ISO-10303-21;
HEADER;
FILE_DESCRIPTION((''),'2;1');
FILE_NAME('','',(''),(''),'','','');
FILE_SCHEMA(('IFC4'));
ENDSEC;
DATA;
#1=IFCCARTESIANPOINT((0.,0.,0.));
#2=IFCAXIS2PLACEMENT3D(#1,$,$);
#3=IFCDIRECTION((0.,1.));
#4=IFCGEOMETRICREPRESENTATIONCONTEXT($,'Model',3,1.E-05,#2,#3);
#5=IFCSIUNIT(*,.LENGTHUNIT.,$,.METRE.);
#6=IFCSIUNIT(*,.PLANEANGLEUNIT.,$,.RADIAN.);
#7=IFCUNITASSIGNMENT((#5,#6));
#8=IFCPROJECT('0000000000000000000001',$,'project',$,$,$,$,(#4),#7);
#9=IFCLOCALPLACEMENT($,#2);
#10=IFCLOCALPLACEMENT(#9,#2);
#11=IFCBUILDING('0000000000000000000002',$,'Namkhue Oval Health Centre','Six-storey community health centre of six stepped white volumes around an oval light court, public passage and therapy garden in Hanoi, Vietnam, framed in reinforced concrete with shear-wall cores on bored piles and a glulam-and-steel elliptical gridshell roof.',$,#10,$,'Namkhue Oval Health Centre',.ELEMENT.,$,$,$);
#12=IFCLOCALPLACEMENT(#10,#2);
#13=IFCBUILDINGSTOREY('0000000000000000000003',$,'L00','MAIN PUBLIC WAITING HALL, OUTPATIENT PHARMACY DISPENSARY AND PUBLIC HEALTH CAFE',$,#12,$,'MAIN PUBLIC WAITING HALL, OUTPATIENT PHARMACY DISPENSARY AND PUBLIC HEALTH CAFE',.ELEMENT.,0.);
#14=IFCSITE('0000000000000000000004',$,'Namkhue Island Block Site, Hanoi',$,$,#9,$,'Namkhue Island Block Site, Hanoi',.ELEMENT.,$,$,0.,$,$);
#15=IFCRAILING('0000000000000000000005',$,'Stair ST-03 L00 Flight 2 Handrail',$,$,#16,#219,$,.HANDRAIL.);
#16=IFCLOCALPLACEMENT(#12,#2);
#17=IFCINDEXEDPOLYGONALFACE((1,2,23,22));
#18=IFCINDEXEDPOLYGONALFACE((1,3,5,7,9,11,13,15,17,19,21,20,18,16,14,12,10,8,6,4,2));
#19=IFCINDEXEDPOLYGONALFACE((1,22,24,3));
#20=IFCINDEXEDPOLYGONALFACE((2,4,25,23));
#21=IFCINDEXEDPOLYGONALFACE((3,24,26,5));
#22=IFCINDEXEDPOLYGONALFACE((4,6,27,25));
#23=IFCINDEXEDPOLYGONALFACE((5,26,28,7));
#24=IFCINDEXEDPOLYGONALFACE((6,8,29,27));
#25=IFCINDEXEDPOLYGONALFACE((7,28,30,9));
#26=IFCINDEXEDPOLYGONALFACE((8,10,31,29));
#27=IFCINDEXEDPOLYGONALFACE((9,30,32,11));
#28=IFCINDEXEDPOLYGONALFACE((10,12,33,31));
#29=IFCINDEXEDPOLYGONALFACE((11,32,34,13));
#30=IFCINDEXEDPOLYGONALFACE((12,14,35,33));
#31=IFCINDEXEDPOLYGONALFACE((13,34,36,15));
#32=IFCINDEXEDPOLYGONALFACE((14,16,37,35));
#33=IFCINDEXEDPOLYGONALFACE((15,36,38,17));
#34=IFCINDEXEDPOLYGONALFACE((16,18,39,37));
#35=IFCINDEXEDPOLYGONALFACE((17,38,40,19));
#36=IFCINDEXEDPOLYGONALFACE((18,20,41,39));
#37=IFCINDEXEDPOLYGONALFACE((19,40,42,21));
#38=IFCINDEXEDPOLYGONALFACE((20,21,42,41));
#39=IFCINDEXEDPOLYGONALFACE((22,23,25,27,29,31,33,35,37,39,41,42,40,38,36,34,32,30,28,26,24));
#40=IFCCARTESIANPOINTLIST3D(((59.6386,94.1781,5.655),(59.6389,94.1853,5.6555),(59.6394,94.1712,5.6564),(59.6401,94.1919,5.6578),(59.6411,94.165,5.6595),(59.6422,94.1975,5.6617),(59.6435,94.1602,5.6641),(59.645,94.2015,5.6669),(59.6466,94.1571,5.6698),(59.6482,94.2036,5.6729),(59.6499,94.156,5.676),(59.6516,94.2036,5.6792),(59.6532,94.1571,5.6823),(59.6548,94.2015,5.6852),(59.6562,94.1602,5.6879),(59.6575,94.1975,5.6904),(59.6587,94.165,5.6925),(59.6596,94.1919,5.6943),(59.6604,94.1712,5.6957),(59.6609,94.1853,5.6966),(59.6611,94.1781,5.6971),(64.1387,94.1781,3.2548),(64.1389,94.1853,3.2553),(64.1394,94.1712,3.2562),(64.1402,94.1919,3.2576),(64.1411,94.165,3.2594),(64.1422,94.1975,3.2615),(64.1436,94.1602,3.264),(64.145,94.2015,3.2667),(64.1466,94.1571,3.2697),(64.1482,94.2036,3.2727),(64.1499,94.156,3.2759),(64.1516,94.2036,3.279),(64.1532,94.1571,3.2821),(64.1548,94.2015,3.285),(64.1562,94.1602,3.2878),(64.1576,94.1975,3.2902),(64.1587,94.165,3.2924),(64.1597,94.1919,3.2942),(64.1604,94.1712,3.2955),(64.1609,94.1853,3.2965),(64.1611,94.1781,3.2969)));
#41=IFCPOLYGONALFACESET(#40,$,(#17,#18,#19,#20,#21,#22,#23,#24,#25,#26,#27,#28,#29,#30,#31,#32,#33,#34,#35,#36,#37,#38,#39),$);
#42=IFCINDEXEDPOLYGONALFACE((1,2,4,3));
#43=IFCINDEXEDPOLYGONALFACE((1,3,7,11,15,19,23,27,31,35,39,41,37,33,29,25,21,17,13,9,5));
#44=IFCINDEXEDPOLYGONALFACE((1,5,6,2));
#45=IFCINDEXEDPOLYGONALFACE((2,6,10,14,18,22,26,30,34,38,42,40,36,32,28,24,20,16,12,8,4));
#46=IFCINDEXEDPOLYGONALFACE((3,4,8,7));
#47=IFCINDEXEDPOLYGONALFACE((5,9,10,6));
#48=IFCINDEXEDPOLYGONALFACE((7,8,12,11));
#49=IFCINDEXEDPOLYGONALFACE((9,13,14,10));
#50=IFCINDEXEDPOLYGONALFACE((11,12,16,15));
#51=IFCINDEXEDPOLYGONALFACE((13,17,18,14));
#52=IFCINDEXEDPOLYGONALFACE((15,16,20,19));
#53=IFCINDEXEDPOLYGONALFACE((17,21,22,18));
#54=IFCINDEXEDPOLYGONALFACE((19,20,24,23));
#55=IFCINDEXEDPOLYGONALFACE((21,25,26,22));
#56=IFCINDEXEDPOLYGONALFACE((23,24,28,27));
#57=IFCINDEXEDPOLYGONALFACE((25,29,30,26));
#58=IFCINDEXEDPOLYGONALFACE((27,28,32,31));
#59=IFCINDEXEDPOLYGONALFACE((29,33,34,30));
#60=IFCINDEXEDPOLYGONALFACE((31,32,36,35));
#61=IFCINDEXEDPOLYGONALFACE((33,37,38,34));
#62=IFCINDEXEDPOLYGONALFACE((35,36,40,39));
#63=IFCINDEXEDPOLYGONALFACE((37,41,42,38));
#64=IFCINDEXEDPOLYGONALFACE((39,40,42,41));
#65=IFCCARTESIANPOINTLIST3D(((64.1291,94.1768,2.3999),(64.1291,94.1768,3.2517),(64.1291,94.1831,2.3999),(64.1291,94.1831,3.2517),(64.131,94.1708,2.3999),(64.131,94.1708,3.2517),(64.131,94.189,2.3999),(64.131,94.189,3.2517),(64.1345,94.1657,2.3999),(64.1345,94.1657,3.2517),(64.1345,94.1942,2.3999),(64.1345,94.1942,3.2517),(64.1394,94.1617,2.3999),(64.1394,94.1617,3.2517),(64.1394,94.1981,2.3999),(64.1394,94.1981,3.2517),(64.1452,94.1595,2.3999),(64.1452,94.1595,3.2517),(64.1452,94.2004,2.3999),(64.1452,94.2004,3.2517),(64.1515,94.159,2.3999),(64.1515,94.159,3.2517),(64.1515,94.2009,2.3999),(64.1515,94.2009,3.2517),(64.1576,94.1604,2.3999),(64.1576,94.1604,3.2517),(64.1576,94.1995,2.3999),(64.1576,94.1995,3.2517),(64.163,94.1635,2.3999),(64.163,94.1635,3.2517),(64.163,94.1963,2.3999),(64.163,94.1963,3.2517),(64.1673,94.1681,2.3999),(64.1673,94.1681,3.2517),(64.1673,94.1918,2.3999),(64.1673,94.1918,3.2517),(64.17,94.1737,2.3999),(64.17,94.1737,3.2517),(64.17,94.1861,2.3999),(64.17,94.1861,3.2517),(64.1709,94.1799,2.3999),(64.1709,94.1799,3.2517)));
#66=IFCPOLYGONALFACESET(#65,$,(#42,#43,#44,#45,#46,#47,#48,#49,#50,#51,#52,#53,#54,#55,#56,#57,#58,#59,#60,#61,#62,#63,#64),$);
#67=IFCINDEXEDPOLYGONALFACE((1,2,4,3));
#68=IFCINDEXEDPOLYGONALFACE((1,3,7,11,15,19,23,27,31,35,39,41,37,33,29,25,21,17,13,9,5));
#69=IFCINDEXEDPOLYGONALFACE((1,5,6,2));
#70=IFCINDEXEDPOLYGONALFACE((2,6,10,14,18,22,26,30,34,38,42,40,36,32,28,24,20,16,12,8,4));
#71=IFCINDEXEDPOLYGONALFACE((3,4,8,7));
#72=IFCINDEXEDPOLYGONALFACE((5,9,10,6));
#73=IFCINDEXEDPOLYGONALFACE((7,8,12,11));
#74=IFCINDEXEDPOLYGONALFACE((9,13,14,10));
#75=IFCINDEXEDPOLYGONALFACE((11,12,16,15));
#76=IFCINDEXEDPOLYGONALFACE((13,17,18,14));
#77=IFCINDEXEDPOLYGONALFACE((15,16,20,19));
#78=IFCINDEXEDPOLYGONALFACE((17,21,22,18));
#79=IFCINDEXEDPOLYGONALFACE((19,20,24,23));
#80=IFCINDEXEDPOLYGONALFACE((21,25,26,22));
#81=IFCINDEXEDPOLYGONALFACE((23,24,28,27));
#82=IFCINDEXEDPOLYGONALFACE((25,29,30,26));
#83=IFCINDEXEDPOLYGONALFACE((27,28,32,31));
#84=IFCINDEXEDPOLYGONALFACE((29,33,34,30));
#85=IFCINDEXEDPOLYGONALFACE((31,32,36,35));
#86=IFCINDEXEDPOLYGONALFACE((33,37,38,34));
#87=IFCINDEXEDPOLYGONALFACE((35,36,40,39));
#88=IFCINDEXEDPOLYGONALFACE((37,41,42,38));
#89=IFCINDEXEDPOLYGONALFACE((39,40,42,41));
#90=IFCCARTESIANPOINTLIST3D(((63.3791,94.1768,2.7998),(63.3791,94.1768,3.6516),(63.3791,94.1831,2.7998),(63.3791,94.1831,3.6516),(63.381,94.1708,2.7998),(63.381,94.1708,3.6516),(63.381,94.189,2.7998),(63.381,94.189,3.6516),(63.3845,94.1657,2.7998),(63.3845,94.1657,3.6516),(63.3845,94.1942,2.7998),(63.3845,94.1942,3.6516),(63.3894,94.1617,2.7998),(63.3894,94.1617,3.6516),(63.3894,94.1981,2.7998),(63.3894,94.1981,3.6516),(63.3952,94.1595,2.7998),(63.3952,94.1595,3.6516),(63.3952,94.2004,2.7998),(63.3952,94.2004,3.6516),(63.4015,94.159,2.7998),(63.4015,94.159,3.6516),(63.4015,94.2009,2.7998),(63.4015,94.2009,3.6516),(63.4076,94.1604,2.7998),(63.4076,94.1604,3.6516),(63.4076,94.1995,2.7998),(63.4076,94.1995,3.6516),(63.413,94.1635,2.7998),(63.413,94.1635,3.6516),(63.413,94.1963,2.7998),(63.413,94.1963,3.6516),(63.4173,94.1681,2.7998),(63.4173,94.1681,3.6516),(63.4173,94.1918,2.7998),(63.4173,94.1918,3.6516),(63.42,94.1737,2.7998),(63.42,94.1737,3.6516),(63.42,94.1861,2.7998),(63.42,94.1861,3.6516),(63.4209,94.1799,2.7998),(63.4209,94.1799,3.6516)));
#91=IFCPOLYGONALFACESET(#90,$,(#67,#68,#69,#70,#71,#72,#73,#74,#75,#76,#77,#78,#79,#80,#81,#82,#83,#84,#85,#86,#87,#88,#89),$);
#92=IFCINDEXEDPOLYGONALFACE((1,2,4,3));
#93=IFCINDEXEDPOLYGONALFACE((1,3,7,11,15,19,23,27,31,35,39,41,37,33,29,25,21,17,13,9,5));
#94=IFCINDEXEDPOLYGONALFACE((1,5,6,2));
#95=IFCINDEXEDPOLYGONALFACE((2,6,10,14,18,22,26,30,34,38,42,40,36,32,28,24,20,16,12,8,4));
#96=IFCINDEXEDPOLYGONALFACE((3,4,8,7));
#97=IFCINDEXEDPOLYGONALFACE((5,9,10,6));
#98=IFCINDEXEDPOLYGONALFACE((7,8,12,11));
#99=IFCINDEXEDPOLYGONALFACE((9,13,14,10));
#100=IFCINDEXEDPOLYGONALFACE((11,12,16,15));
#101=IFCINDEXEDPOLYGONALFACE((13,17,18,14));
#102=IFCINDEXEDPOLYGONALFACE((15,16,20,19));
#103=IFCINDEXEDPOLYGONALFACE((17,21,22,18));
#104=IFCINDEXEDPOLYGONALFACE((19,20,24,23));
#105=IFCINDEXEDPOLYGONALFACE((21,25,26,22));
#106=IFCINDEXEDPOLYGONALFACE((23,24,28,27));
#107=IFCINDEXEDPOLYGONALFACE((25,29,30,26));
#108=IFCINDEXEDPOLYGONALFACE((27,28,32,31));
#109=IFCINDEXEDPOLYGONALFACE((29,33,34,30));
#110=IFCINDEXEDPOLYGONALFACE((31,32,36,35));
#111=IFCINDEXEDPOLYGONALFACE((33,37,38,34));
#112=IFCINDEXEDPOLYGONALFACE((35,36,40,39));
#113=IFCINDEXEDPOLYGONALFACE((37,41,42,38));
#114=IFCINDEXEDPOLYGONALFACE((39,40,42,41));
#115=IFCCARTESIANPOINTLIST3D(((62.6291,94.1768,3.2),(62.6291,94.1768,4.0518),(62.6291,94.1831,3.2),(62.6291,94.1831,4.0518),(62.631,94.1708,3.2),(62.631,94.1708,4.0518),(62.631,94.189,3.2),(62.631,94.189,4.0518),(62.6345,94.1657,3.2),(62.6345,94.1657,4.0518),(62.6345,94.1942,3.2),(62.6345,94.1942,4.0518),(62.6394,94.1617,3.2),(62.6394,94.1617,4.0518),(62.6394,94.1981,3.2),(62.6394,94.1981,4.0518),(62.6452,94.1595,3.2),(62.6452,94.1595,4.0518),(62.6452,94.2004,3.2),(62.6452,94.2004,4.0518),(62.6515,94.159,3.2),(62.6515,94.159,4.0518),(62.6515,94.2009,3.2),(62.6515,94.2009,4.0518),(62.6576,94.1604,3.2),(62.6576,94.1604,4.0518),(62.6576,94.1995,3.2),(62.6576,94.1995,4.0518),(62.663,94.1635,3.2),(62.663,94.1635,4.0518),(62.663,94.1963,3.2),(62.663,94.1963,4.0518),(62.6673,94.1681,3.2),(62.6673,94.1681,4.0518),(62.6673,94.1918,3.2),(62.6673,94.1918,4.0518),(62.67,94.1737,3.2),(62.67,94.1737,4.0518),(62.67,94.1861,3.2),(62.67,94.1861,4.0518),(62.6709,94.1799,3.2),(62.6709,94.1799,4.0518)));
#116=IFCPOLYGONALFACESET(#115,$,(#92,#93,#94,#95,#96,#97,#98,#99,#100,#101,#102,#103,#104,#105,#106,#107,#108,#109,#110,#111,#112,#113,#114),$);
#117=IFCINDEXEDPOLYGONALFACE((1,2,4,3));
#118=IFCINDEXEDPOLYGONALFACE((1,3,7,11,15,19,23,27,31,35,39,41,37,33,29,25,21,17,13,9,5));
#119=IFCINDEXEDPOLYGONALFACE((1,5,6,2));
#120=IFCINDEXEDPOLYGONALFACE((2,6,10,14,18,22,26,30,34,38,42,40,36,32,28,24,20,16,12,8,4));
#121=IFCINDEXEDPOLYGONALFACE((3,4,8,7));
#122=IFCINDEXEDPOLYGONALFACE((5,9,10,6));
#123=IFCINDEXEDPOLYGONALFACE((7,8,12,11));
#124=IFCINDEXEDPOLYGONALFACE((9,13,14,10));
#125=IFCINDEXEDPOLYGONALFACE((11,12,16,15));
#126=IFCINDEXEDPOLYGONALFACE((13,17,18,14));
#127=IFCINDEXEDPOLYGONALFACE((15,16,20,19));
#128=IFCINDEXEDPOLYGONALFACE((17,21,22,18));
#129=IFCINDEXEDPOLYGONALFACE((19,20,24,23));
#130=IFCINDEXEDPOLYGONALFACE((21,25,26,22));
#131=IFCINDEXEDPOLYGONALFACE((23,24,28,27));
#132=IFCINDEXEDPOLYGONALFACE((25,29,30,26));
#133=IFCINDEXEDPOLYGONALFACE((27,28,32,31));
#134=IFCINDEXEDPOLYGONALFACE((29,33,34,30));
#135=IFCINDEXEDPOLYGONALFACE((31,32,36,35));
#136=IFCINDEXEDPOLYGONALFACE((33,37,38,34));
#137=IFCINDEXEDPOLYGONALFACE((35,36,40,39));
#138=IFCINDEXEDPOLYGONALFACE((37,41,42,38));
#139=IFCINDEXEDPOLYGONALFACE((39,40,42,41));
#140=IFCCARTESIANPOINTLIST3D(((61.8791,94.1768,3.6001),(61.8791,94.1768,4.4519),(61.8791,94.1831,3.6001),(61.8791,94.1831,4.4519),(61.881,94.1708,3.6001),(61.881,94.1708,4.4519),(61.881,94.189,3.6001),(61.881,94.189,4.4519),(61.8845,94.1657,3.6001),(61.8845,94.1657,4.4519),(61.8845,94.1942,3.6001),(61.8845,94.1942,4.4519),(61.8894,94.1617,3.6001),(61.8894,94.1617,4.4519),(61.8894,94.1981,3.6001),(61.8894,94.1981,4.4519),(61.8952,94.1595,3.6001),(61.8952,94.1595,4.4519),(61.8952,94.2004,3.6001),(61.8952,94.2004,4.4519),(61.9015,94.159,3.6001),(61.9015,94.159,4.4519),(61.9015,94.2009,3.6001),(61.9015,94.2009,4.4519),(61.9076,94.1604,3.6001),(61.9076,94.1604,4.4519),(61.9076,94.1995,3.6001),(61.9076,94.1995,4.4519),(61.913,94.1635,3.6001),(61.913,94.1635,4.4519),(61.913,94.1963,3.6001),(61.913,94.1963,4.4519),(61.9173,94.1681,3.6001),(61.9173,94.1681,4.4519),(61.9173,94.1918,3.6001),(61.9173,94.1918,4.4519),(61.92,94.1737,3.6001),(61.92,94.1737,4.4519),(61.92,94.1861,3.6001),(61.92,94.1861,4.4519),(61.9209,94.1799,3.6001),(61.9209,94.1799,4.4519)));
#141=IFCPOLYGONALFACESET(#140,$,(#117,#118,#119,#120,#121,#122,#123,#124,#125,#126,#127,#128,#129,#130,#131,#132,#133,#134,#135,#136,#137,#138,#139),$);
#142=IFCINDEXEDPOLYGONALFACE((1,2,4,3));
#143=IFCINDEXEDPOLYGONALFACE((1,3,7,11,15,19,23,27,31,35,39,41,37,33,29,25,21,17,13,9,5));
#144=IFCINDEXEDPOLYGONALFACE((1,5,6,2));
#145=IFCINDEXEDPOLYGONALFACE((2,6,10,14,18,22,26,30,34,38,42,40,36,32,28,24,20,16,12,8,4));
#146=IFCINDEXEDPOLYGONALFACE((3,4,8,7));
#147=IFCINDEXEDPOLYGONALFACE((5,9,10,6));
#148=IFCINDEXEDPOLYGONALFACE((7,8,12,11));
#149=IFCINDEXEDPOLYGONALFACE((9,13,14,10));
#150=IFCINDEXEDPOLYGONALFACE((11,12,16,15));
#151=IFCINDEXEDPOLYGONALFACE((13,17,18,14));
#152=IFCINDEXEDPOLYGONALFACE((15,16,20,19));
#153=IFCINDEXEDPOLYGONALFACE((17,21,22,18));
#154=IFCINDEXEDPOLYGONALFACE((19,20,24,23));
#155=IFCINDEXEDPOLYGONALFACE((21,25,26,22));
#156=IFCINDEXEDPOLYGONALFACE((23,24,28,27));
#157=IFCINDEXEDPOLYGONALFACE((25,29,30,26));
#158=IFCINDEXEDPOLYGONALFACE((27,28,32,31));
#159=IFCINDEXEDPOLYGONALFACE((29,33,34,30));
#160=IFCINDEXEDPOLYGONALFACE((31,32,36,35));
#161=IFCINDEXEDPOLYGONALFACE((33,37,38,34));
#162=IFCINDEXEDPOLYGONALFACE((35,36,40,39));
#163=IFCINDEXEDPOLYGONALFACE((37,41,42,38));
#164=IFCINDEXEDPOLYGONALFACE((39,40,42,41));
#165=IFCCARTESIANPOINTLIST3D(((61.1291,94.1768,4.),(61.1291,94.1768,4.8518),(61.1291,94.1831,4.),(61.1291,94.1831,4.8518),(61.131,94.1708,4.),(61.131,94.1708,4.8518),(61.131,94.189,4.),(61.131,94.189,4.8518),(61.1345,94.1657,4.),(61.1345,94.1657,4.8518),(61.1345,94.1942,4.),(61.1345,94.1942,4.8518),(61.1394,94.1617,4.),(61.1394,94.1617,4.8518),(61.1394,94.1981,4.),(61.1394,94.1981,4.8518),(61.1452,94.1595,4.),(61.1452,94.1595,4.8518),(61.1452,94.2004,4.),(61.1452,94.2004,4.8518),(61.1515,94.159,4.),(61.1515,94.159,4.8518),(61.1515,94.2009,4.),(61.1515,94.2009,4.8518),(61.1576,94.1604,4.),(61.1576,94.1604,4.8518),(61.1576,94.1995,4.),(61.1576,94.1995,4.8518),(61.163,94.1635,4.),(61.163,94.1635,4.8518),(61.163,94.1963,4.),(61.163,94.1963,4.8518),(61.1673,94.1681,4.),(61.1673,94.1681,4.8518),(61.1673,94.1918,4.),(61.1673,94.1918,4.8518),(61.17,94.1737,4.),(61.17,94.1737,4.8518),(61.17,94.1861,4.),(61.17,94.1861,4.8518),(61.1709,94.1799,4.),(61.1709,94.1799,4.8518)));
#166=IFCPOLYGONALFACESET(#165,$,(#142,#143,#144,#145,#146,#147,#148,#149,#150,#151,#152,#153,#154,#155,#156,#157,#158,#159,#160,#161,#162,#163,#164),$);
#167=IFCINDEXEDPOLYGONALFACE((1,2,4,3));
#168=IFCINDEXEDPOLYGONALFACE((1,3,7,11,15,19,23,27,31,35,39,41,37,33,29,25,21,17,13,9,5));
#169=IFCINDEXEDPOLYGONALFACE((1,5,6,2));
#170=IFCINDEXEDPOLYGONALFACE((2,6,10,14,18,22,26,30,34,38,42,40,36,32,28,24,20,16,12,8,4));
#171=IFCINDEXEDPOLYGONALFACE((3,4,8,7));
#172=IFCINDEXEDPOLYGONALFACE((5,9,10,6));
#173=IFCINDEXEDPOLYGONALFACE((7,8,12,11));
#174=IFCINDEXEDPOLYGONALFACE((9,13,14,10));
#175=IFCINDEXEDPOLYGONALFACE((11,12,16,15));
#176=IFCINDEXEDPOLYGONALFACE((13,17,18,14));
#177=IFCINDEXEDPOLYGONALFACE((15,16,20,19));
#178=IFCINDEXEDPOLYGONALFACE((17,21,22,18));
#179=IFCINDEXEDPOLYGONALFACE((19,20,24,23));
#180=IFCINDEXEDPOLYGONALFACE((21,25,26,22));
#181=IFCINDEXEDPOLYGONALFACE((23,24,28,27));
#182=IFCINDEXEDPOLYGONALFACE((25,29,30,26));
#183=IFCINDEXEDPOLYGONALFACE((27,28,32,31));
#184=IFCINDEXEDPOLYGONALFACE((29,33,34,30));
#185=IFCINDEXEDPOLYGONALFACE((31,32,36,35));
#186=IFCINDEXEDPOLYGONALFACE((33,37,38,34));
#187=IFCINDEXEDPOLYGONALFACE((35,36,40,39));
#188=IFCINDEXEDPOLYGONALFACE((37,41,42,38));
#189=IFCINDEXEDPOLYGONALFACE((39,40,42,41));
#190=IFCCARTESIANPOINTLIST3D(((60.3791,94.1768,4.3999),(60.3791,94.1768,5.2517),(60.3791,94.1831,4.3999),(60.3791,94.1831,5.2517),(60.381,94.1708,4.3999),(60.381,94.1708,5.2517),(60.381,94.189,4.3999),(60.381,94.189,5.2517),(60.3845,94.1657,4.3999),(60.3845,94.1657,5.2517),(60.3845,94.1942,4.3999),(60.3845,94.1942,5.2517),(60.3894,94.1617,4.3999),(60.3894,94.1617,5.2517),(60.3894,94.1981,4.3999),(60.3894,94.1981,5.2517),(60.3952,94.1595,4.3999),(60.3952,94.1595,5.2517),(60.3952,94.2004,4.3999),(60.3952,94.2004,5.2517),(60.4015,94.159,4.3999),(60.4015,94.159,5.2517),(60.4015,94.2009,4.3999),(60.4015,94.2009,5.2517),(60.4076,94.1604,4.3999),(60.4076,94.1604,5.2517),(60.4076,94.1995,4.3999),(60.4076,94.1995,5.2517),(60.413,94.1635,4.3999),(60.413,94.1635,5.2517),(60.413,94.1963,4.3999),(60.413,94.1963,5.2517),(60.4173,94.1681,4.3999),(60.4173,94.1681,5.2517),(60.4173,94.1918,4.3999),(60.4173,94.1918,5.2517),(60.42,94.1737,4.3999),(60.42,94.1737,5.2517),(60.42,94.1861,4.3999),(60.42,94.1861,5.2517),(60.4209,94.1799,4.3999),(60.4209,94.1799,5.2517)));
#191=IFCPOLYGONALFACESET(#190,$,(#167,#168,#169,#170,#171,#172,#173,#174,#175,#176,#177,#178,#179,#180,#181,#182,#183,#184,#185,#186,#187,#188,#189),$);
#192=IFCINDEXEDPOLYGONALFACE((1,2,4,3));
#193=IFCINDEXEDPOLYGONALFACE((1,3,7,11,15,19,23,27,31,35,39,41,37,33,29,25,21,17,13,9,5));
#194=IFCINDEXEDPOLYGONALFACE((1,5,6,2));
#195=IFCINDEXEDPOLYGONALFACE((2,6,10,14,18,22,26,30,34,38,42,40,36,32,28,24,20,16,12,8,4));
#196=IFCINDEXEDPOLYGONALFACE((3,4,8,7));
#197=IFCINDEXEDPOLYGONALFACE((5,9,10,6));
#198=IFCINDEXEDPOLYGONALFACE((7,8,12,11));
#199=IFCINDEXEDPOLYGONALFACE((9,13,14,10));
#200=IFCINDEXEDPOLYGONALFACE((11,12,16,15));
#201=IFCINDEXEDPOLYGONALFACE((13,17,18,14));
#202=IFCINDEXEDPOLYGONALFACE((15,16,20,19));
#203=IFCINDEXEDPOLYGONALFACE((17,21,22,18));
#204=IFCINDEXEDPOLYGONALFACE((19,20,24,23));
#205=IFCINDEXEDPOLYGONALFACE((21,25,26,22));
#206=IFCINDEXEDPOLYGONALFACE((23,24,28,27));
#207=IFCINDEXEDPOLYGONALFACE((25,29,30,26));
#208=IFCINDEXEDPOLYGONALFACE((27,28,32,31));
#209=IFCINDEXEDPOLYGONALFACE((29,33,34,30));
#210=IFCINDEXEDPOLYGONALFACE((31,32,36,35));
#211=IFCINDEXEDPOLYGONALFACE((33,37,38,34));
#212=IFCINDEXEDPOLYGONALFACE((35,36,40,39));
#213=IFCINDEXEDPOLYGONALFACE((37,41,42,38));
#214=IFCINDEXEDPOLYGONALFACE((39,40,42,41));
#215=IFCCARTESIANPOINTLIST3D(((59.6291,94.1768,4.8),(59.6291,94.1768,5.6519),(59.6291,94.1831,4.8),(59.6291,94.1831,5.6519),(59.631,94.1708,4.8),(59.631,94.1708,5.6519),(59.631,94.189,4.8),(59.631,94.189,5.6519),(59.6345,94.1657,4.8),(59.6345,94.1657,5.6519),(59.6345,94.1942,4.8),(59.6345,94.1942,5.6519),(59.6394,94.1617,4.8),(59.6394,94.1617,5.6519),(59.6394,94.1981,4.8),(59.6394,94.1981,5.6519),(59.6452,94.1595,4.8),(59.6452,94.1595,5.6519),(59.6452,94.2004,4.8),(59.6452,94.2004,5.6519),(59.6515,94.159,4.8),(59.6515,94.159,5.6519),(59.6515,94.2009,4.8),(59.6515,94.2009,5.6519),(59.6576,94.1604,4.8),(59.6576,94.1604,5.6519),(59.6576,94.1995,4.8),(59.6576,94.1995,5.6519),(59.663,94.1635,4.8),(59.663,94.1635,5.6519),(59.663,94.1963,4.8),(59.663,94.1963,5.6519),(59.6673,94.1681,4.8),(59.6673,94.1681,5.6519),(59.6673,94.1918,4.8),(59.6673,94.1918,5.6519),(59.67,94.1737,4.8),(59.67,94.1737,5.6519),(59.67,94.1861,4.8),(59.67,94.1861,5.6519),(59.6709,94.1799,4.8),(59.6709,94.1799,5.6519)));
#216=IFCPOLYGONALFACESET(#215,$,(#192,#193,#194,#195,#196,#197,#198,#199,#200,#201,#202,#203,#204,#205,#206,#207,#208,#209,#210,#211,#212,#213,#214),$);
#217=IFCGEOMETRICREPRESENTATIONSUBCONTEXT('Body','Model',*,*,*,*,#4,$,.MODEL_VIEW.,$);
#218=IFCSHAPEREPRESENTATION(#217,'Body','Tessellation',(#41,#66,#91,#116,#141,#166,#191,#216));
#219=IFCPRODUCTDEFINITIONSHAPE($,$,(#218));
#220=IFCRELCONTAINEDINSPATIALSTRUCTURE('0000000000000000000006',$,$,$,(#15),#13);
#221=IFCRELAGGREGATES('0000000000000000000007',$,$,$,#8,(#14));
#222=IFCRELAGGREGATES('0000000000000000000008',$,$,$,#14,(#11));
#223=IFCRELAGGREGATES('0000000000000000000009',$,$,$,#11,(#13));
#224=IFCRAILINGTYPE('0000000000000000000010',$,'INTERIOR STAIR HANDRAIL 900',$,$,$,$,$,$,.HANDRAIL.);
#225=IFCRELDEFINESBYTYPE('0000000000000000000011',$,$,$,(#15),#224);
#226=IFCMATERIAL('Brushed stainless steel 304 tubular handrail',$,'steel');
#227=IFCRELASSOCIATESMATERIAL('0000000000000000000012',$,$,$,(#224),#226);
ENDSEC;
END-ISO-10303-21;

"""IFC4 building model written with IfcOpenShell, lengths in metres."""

from ifc_helpers import new_model, si_unit, direction, frame, origin, origin_2d, place, context, subcontext, project, spatial, circle, extrude, material, type_object, element, save


model = new_model("IFC4")

# Units and contexts
model_context = context("Model", 3, precision=1e-05, world=origin(), true_north=direction((0.0, 1.0)))
body_context = subcontext(model_context, "Body", "Model", "MODEL_VIEW")
ifc_project = project(units=[si_unit("LENGTHUNIT", "METRE"), si_unit("PLANEANGLEUNIT", "RADIAN")], contexts=[model_context])

# Site, building, storey
site_placement = place(None, origin())
site = spatial("IfcSite", under=ifc_project, at=site_placement, Name="Namkhue Island Block Site, Hanoi", LongName="Namkhue Island Block Site, Hanoi", CompositionType="ELEMENT", RefElevation=0.0)
building_placement = place(site_placement, origin())
building = spatial("IfcBuilding", under=site, at=building_placement, Name="Namkhue Oval Health Centre", Description="Six-storey community health centre of six stepped white volumes around an oval light court, public passage and therapy garden in Hanoi, Vietnam, framed in reinforced concrete with shear-wall cores on bored piles and a glulam-and-steel elliptical gridshell roof.", LongName="Namkhue Oval Health Centre", CompositionType="ELEMENT")
storey_placement = place(building_placement, origin())
storey = spatial("IfcBuildingStorey", under=building, at=storey_placement, Name="L00", Description="MAIN PUBLIC WAITING HALL, OUTPATIENT PHARMACY DISPENSARY AND PUBLIC HEALTH CAFE", LongName="MAIN PUBLIC WAITING HALL, OUTPATIENT PHARMACY DISPENSARY AND PUBLIC HEALTH CAFE", CompositionType="ELEMENT", Elevation=0.0)

# Railing
ifc_material_1 = material(Name="Brushed stainless steel 304 tubular handrail", Category="steel")
railing_type = type_object("IfcRailingType", Name="INTERIOR STAIR HANDRAIL 900", PredefinedType="HANDRAIL", material=ifc_material_1)
railing_placement = place(storey_placement, frame((64.1499, 94.1799, 2.3999)))
element("IfcRailing", 1, at=railing_placement, inside=storey, type_object=railing_type, Name="Stair ST-03 L00 Flight 2 Handrail", PredefinedType="HANDRAIL", context=body_context, shape_type="SweptSolid", body=[
    extrude(circle(Radius=0.0239, at=origin_2d()), frame((0.0, 0.0, 0.876), z_axis=(-0.882341, 0.0, 0.470611), x_axis=(0.0, -1.0, 0.0)), (0.0, 0.0, 1.0), 5.1001),
    extrude(circle(Radius=0.021, at=origin_2d()), origin(), (0.0, 0.0, 1.0), 0.8518),
    extrude(circle(Radius=0.021, at=origin_2d()), frame((-0.75, 0.0, 0.3999)), (0.0, 0.0, 1.0), 0.8518),
    extrude(circle(Radius=0.021, at=origin_2d()), frame((-1.5, 0.0, 0.8)), (0.0, 0.0, 1.0), 0.8518),
    extrude(circle(Radius=0.021, at=origin_2d()), frame((-2.25, 0.0, 1.2002)), (0.0, 0.0, 1.0), 0.8518),
    extrude(circle(Radius=0.021, at=origin_2d()), frame((-3.0, 0.0, 1.6001)), (0.0, 0.0, 1.0), 0.8518),
    extrude(circle(Radius=0.021, at=origin_2d()), frame((-3.75, 0.0, 2.0)), (0.0, 0.0, 1.0), 0.8518),
    extrude(circle(Radius=0.021, at=origin_2d()), frame((-4.5, 0.0, 2.4001)), (0.0, 0.0, 1.0), 0.8518),
])

save(model, "model.ifc")
